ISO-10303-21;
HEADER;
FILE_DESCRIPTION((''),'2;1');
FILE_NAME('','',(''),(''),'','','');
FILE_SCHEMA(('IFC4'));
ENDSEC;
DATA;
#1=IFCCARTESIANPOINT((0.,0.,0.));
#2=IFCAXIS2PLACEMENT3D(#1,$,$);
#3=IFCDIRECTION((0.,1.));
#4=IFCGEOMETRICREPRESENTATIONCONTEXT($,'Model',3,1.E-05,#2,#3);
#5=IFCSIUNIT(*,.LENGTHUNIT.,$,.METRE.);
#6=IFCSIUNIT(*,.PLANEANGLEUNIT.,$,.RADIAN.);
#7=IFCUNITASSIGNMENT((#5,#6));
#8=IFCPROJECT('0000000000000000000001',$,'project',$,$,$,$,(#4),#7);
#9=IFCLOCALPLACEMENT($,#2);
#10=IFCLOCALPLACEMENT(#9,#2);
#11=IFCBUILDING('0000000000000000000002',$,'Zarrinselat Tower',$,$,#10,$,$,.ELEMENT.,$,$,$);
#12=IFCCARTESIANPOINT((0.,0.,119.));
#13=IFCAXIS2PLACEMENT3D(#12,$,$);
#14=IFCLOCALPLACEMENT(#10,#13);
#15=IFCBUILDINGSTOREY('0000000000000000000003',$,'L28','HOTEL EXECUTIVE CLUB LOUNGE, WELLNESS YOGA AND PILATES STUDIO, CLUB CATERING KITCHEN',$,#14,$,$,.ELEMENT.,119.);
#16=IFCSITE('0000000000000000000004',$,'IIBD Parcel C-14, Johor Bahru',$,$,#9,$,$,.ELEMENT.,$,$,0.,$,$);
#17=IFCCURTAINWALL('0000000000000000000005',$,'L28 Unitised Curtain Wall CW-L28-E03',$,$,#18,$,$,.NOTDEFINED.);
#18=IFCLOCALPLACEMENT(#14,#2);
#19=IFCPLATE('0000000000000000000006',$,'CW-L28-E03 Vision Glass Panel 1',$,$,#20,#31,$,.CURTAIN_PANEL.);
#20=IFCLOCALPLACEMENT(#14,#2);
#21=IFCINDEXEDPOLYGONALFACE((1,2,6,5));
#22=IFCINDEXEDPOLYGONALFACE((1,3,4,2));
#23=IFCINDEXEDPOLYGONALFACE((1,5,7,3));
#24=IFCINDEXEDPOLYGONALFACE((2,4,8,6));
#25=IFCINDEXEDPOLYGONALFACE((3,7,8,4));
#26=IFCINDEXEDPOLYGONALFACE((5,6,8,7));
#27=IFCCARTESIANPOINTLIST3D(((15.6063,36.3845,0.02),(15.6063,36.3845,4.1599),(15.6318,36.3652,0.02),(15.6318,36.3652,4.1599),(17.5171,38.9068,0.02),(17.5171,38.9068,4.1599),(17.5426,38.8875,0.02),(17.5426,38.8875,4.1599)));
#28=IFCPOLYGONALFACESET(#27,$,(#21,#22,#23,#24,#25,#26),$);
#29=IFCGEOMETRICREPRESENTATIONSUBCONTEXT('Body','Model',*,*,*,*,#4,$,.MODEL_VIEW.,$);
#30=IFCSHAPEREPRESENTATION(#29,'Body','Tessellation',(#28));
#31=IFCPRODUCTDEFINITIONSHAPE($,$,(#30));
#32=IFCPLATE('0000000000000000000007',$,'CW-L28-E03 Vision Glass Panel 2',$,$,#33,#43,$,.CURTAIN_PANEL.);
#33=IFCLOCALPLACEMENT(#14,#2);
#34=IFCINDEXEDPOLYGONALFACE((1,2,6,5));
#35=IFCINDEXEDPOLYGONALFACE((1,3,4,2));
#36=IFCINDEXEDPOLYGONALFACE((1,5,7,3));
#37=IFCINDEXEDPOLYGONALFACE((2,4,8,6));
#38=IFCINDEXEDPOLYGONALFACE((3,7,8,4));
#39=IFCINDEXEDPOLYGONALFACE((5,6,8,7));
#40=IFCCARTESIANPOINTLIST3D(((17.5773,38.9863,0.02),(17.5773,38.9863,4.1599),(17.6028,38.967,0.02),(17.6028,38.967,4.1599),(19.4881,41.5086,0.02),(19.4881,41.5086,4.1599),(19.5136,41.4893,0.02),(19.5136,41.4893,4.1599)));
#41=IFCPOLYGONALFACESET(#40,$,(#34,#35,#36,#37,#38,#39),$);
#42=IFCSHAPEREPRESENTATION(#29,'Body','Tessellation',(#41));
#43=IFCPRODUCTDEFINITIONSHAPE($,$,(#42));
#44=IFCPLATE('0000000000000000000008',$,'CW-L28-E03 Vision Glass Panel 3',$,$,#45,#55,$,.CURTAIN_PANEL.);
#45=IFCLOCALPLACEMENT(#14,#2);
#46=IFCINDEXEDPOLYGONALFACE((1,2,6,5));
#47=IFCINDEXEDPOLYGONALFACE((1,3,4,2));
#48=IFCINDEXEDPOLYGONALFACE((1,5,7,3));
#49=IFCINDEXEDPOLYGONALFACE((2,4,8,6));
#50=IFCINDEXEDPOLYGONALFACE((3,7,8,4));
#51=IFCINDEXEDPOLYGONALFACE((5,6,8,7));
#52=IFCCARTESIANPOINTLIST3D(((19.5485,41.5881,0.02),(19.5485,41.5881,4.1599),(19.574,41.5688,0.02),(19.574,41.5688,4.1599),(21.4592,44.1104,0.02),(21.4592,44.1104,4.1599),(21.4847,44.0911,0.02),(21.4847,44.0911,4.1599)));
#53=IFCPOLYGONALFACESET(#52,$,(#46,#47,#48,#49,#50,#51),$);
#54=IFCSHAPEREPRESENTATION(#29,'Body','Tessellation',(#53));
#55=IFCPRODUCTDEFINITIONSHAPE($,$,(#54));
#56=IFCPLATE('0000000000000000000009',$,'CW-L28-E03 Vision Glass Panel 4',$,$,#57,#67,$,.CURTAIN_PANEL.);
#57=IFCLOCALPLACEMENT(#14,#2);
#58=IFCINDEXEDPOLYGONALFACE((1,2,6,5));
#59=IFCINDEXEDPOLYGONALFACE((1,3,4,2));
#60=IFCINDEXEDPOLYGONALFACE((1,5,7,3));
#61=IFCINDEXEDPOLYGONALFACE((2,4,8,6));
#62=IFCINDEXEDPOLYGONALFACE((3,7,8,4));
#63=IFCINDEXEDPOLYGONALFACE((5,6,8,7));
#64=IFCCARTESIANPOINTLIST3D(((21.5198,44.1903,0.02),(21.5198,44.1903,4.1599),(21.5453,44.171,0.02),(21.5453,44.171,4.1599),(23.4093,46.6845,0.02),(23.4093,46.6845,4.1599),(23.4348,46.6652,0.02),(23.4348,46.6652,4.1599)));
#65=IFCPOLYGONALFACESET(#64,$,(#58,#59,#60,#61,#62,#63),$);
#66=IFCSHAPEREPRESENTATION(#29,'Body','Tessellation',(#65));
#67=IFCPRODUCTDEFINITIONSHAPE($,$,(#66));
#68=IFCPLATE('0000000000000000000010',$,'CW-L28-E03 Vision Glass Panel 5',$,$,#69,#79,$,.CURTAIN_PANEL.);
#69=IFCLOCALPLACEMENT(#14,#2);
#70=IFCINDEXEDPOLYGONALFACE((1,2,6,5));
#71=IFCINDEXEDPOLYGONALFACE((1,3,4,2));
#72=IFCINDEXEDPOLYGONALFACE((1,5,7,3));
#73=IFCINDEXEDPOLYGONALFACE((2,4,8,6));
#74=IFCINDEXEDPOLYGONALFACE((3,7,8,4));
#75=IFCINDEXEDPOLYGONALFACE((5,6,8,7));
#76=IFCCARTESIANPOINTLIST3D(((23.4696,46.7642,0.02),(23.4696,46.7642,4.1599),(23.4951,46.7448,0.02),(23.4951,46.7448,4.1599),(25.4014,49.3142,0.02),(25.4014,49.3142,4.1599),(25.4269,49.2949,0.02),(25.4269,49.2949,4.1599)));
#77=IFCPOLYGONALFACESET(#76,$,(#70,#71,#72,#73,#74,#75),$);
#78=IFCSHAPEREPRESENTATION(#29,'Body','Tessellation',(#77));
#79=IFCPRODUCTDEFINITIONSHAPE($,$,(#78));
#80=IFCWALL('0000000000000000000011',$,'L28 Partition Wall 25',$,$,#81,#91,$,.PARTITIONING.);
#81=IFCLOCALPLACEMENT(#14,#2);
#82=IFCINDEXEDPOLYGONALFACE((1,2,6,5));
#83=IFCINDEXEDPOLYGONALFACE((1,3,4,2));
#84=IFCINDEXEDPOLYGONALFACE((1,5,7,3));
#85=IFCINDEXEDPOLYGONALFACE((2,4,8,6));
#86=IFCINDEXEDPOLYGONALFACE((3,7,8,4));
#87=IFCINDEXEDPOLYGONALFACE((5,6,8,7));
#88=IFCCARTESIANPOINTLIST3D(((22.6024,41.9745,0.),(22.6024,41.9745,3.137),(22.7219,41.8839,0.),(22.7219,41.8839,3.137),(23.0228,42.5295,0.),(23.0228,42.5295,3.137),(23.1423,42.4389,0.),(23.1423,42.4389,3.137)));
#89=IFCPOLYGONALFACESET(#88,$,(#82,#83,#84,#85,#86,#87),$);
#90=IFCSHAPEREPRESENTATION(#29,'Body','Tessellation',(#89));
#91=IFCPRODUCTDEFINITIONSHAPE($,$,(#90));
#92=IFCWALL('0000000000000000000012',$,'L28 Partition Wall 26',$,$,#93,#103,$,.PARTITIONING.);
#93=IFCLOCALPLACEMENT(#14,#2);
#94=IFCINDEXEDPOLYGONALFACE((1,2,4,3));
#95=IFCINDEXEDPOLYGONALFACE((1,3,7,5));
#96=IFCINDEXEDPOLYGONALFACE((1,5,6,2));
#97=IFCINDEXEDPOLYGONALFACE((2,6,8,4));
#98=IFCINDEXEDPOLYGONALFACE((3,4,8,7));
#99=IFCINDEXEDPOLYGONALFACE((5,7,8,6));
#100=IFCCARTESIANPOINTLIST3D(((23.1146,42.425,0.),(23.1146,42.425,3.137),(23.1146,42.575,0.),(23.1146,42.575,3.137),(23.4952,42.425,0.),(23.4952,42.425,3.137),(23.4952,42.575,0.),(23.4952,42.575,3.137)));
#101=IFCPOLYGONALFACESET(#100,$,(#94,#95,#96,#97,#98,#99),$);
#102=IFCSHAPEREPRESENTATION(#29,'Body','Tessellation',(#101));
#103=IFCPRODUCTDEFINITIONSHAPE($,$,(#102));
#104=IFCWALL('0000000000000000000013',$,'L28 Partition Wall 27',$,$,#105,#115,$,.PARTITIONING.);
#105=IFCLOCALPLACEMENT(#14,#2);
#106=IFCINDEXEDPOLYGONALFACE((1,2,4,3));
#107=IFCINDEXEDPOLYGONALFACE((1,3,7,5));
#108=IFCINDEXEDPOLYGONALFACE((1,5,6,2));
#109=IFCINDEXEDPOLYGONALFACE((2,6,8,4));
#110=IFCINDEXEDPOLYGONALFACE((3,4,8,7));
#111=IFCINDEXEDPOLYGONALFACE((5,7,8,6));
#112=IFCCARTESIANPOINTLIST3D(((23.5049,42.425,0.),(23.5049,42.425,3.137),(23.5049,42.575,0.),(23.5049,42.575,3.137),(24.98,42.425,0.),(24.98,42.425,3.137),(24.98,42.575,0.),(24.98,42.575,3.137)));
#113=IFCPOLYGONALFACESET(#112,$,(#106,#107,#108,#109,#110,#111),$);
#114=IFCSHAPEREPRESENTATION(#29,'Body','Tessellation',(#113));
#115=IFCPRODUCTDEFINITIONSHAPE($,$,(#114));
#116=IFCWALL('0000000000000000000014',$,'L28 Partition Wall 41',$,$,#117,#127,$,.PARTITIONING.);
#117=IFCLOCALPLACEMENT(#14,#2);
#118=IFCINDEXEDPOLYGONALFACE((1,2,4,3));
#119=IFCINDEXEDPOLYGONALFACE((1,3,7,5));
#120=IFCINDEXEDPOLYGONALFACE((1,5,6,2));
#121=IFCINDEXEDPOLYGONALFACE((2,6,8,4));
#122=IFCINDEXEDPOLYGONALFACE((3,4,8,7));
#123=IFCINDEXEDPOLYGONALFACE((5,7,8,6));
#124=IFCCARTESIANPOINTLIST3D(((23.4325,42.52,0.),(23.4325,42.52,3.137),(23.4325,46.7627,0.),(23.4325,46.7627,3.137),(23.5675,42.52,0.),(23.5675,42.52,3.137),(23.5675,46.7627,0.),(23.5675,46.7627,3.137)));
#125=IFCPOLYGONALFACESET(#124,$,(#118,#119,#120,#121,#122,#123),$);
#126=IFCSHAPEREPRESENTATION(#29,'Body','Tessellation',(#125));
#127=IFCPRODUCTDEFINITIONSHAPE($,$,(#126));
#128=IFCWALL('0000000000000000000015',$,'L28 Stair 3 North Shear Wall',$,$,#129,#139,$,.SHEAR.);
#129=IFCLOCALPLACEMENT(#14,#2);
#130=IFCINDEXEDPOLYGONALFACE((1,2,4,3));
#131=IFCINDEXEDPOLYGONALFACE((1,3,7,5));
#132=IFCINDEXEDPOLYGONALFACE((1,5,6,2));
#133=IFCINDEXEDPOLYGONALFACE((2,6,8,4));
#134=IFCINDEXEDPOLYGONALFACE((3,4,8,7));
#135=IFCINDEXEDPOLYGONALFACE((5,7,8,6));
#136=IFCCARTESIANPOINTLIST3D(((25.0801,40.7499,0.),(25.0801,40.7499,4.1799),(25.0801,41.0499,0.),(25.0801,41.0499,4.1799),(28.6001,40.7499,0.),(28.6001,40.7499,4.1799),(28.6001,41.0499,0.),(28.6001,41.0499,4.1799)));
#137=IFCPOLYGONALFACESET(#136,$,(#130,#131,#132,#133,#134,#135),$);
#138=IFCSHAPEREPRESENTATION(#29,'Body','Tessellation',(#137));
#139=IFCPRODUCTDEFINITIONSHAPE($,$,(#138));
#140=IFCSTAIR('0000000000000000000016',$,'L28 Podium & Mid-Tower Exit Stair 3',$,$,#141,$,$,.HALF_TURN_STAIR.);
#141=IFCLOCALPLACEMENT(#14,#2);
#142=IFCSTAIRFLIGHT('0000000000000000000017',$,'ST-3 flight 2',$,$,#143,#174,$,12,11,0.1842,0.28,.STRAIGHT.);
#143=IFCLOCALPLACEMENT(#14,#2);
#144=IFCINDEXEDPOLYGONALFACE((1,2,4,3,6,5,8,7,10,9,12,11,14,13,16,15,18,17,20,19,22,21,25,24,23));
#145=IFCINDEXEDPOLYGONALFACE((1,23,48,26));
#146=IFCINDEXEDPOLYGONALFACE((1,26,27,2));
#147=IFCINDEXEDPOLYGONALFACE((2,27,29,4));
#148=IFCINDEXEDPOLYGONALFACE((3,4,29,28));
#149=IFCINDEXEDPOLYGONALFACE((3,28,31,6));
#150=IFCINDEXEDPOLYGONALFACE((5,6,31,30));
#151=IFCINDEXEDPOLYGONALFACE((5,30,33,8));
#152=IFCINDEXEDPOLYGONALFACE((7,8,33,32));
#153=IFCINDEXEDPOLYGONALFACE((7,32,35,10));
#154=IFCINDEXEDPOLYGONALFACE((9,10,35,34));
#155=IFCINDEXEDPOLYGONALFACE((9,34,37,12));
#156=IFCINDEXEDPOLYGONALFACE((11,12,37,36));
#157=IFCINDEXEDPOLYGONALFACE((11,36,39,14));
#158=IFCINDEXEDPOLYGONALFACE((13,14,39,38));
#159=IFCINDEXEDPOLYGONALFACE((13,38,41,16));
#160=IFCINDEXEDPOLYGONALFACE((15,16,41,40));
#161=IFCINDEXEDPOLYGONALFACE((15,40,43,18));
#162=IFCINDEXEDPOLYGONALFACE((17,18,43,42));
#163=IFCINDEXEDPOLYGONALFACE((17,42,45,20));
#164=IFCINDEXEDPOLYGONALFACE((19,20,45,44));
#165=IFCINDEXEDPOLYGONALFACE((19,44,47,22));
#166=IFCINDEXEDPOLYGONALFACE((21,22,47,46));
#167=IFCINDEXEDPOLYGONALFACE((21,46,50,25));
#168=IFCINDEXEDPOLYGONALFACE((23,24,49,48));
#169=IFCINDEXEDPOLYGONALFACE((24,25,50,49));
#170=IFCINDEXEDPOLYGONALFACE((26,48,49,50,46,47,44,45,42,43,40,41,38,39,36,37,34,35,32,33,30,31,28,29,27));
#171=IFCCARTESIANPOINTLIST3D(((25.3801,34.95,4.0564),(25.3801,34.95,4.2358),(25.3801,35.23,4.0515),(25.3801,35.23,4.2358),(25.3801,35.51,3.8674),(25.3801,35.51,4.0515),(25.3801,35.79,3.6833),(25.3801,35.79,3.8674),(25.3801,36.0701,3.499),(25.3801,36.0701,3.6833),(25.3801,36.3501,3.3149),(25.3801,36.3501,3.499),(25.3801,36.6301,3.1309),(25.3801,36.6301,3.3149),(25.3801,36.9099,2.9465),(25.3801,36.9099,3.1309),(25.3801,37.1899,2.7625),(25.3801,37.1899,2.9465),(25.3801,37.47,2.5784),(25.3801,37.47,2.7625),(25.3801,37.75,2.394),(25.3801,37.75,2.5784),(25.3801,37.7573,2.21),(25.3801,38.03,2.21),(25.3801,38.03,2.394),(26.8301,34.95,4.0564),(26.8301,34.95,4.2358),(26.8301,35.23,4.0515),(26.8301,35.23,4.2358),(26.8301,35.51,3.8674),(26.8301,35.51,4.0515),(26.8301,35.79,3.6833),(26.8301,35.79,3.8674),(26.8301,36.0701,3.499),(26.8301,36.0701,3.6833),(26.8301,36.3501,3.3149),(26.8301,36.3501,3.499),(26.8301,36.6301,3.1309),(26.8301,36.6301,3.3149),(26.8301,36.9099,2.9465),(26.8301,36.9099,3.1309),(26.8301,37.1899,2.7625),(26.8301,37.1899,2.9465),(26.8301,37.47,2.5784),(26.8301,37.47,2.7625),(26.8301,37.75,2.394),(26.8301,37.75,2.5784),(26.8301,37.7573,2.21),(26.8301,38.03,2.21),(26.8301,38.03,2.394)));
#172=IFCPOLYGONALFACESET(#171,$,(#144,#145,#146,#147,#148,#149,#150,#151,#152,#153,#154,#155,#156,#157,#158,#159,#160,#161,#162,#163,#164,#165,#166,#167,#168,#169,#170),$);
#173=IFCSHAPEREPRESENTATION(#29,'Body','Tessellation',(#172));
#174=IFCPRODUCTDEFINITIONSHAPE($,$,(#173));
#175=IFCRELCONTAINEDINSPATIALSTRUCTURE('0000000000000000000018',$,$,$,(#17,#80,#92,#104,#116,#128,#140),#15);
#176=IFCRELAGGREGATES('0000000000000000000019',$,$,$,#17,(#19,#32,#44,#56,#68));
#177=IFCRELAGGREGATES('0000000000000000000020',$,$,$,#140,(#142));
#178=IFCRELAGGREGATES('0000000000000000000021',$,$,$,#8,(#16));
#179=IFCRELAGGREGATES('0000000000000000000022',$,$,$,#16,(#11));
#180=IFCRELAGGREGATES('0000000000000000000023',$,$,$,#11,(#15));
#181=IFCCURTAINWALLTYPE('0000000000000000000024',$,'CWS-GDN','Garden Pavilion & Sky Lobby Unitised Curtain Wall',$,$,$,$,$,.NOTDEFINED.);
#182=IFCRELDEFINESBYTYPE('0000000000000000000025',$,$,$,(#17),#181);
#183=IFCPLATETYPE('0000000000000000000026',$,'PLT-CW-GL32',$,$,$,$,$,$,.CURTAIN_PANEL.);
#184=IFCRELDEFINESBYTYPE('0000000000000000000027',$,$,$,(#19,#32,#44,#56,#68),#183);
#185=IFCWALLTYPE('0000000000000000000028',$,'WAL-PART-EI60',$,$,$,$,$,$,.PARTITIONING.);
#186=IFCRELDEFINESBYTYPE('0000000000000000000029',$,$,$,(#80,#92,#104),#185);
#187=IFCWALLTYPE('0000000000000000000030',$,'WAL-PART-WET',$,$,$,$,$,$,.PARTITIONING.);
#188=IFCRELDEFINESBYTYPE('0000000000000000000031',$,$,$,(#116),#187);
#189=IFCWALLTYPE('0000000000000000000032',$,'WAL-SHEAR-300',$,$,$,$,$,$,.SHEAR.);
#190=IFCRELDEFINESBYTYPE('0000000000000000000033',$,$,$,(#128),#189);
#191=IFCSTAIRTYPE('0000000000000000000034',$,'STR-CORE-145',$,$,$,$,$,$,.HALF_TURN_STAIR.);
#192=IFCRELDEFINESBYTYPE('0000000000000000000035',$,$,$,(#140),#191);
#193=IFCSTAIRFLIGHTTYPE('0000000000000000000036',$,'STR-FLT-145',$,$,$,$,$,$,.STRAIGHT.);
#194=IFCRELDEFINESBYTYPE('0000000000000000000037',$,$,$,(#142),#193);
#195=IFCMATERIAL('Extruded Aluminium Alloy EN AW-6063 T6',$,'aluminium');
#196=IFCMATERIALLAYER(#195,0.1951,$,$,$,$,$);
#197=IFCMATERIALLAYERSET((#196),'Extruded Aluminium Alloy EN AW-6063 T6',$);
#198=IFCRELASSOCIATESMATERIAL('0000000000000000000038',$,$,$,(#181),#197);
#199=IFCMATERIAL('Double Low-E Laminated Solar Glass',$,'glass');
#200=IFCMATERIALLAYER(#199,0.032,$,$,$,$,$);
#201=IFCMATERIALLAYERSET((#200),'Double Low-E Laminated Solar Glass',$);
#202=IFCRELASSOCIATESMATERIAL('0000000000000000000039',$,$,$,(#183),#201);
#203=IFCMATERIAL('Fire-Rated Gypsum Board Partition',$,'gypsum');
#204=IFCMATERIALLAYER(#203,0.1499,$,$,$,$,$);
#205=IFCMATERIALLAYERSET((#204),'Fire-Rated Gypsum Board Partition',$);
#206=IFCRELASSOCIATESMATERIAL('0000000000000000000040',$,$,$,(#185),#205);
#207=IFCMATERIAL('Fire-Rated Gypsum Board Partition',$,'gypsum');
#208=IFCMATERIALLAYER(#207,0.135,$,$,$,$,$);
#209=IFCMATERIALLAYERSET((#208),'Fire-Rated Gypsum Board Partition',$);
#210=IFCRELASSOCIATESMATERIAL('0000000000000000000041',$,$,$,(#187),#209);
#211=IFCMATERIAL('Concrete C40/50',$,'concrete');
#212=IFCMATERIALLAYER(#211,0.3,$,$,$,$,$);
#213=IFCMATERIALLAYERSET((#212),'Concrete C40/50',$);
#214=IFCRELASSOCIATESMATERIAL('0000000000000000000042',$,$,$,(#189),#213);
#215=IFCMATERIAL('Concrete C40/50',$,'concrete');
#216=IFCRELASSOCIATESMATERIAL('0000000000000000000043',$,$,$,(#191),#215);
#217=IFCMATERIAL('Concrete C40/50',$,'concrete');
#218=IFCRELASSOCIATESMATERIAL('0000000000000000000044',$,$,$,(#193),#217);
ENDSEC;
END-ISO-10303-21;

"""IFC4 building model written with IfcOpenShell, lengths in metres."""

from ifc_helpers import new_model, si_unit, direction, frame, frame_2d, origin, origin_2d, place, context, subcontext, project, spatial, polyline, rectangle, outline, extrude, material, layer, layer_set, type_object, element, aggregate, save


model = new_model("IFC4")

# Units and contexts
model_context = context("Model", 3, precision=1e-05, world=origin(), true_north=direction((0.0, 1.0)))
body_context = subcontext(model_context, "Body", "Model", "MODEL_VIEW")
ifc_project = project(units=[si_unit("LENGTHUNIT", "METRE"), si_unit("PLANEANGLEUNIT", "RADIAN")], contexts=[model_context])

# Site, building, storey
site_placement = place(None, origin())
site = spatial("IfcSite", under=ifc_project, at=site_placement, Name="IIBD Parcel C-14, Johor Bahru", CompositionType="ELEMENT", RefElevation=0.0)
building_placement = place(site_placement, origin())
building = spatial("IfcBuilding", under=site, at=building_placement, Name="Zarrinselat Tower", CompositionType="ELEMENT")
storey_placement = place(building_placement, frame((0.0, 0.0, 119.0)))
storey = spatial("IfcBuildingStorey", under=building, at=storey_placement, Name="L28", Description="HOTEL EXECUTIVE CLUB LOUNGE, WELLNESS YOGA AND PILATES STUDIO, CLUB CATERING KITCHEN", CompositionType="ELEMENT", Elevation=119.0)

# Shared definitions
ifc_material_1 = material(Name="Extruded Aluminium Alloy EN AW-6063 T6", Category="aluminium")
ifc_layer_1 = layer(ifc_material_1, 0.1951)
ifc_layer_set_1 = layer_set([ifc_layer_1], Name="Extruded Aluminium Alloy EN AW-6063 T6")
curtain_wall_type = type_object("IfcCurtainWallType", Name="CWS-GDN", Description="Garden Pavilion & Sky Lobby Unitised Curtain Wall", PredefinedType="NOTDEFINED", material=ifc_layer_set_1)

# Curtain wall
curtain_wall_1_placement = place(storey_placement, origin())
curtain_wall_1 = element("IfcCurtainWall", 1, at=curtain_wall_1_placement, inside=storey, type_object=curtain_wall_type, Name="L28 Unitised Curtain Wall CW-L28-E03", PredefinedType="NOTDEFINED")

# Plates
ifc_material_2 = material(Name="Double Low-E Laminated Solar Glass", Category="glass")
ifc_layer_2 = layer(ifc_material_2, 0.032)
ifc_layer_set_2 = layer_set([ifc_layer_2], Name="Double Low-E Laminated Solar Glass")
plate_type = type_object("IfcPlateType", Name="PLT-CW-GL32", PredefinedType="CURTAIN_PANEL", material=ifc_layer_set_2)
plate_1_placement = place(storey_placement, frame((16.5745, 37.636, 0.02), z_axis=(0.0, 0.0, 1.0), x_axis=(0.603857, 0.797093, 0.0)))
plate_1 = element("IfcPlate", 2, at=plate_1_placement, type_object=plate_type, Name="CW-L28-E03 Vision Glass Panel 1", PredefinedType="CURTAIN_PANEL", context=body_context, shape_type="SweptSolid", body=[
    extrude(rectangle(XDim=3.1643, YDim=0.032, at=origin_2d()), origin(), (0.0, 0.0, 1.0), 4.1399),
])
plate_2_placement = place(storey_placement, frame((18.5454, 40.2378, 0.02), z_axis=(0.0, 0.0, 1.0), x_axis=(0.603857, 0.797093, 0.0)))
plate_2 = element("IfcPlate", 3, at=plate_2_placement, type_object=plate_type, Name="CW-L28-E03 Vision Glass Panel 2", PredefinedType="CURTAIN_PANEL", context=body_context, shape_type="SweptSolid", body=[
    extrude(rectangle(XDim=3.1643, YDim=0.032, at=origin_2d()), origin(), (0.0, 0.0, 1.0), 4.1399),
])
plate_3_placement = place(storey_placement, frame((20.5166, 42.8396, 0.02), z_axis=(0.0, 0.0, 1.0), x_axis=(0.603857, 0.797093, 0.0)))
plate_3 = element("IfcPlate", 4, at=plate_3_placement, type_object=plate_type, Name="CW-L28-E03 Vision Glass Panel 3", PredefinedType="CURTAIN_PANEL", context=body_context, shape_type="SweptSolid", body=[
    extrude(rectangle(XDim=3.1643, YDim=0.032, at=origin_2d()), origin(), (0.0, 0.0, 1.0), 4.1399),
])
plate_4_placement = place(storey_placement, frame((22.4773, 45.4277, 0.02), z_axis=(0.0, 0.0, 1.0), x_axis=(0.603857, 0.797093, 0.0)))
plate_4 = element("IfcPlate", 5, at=plate_4_placement, type_object=plate_type, Name="CW-L28-E03 Vision Glass Panel 4", PredefinedType="CURTAIN_PANEL", context=body_context, shape_type="SweptSolid", body=[
    extrude(rectangle(XDim=3.1292, YDim=0.032, at=origin_2d()), origin(), (0.0, 0.0, 1.0), 4.1399),
])
plate_5_placement = place(storey_placement, frame((24.4482, 48.0295, 0.02), z_axis=(0.0, 0.0, 1.0), x_axis=(0.603857, 0.797093, 0.0)))
plate_5 = element("IfcPlate", 6, at=plate_5_placement, type_object=plate_type, Name="CW-L28-E03 Vision Glass Panel 5", PredefinedType="CURTAIN_PANEL", context=body_context, shape_type="SweptSolid", body=[
    extrude(rectangle(XDim=3.1992, YDim=0.032, at=origin_2d()), origin(), (0.0, 0.0, 1.0), 4.1399),
])
aggregate(curtain_wall_1, [plate_1, plate_2, plate_3, plate_4, plate_5])

# Walls
ifc_material_3 = material(Name="Fire-Rated Gypsum Board Partition", Category="gypsum")
ifc_layer_3 = layer(ifc_material_3, 0.1499)
ifc_layer_set_3 = layer_set([ifc_layer_3], Name="Fire-Rated Gypsum Board Partition")
wall_type_1 = type_object("IfcWallType", Name="WAL-PART-EI60", PredefinedType="PARTITIONING", material=ifc_layer_set_3)
wall_1_placement = place(storey_placement, frame((22.6621, 41.9292, 0.0), z_axis=(0.0, 0.0, 1.0), x_axis=(0.603864, 0.797087, 0.0)))
element("IfcWall", 7, at=wall_1_placement, inside=storey, type_object=wall_type_1, Name="L28 Partition Wall 25", PredefinedType="PARTITIONING", context=body_context, shape_type="SweptSolid", body=[
    extrude(rectangle(XDim=0.6963, YDim=0.1499, at=frame_2d((0.3481, 0.0))), origin(), (0.0, 0.0, 1.0), 3.137),
])
wall_2_placement = place(storey_placement, frame((23.1145, 42.5, 0.0), z_axis=(0.0, 0.0, 1.0), x_axis=(1.0, 0.0, 0.0)))
element("IfcWall", 8, at=wall_2_placement, inside=storey, type_object=wall_type_1, Name="L28 Partition Wall 26", PredefinedType="PARTITIONING", context=body_context, shape_type="SweptSolid", body=[
    extrude(rectangle(XDim=0.3806, YDim=0.1499, at=frame_2d((0.1904, 0.0))), origin(), (0.0, 0.0, 1.0), 3.137),
])
wall_3_placement = place(storey_placement, frame((23.5049, 42.5, 0.0), z_axis=(0.0, 0.0, 1.0), x_axis=(1.0, 0.0, 0.0)))
element("IfcWall", 9, at=wall_3_placement, inside=storey, type_object=wall_type_1, Name="L28 Partition Wall 27", PredefinedType="PARTITIONING", context=body_context, shape_type="SweptSolid", body=[
    extrude(rectangle(XDim=1.4751, YDim=0.1499, at=frame_2d((0.7375, 0.0))), origin(), (0.0, 0.0, 1.0), 3.137),
])
ifc_material_4 = material(Name="Fire-Rated Gypsum Board Partition", Category="gypsum")
ifc_layer_4 = layer(ifc_material_4, 0.135)
ifc_layer_set_4 = layer_set([ifc_layer_4], Name="Fire-Rated Gypsum Board Partition")
wall_type_2 = type_object("IfcWallType", Name="WAL-PART-WET", PredefinedType="PARTITIONING", material=ifc_layer_set_4)
wall_4_placement = place(storey_placement, frame((23.5, 42.52, 0.0), z_axis=(0.0, 0.0, 1.0), x_axis=(0.0, 1.0, 0.0)))
element("IfcWall", 10, at=wall_4_placement, inside=storey, type_object=wall_type_2, Name="L28 Partition Wall 41", PredefinedType="PARTITIONING", context=body_context, shape_type="SweptSolid", body=[
    extrude(rectangle(XDim=4.2427, YDim=0.135, at=frame_2d((2.1213, 0.0))), origin(), (0.0, 0.0, 1.0), 3.137),
])
ifc_material_5 = material(Name="Concrete C40/50", Category="concrete")
ifc_layer_5 = layer(ifc_material_5, 0.3)
ifc_layer_set_5 = layer_set([ifc_layer_5], Name="Concrete C40/50")
wall_type_3 = type_object("IfcWallType", Name="WAL-SHEAR-300", PredefinedType="SHEAR", material=ifc_layer_set_5)
wall_5_placement = place(storey_placement, frame((25.0801, 40.8999, 0.0), z_axis=(0.0, 0.0, 1.0), x_axis=(1.0, 0.0, 0.0)))
element("IfcWall", 11, at=wall_5_placement, inside=storey, type_object=wall_type_3, Name="L28 Stair 3 North Shear Wall", PredefinedType="SHEAR", context=body_context, shape_type="SweptSolid", body=[
    extrude(rectangle(XDim=3.52, YDim=0.3, at=frame_2d((1.76, 0.0))), origin(), (0.0, 0.0, 1.0), 4.1799),
])

# Stair, stair flight
ifc_material_6 = material(Name="Concrete C40/50", Category="concrete")
stair_type = type_object("IfcStairType", Name="STR-CORE-145", PredefinedType="HALF_TURN_STAIR", material=ifc_material_6)
stair_placement = place(storey_placement, origin())
stair = element("IfcStair", 12, at=stair_placement, inside=storey, type_object=stair_type, Name="L28 Podium & Mid-Tower Exit Stair 3", PredefinedType="HALF_TURN_STAIR")
ifc_material_7 = material(Name="Concrete C40/50", Category="concrete")
stair_flight_type = type_object("IfcStairFlightType", Name="STR-FLT-145", PredefinedType="STRAIGHT", material=ifc_material_7)
stair_flight_placement = place(storey_placement, frame((26.105, 38.03, 2.21), z_axis=(0.0, 0.0, 1.0), x_axis=(0.0, -1.0, 0.0)))
stair_flight = element("IfcStairFlight", 13, at=stair_flight_placement, type_object=stair_flight_type, Name="ST-3 flight 2", NumberOfRisers=12, NumberOfTreads=11, PredefinedType="STRAIGHT", RiserHeight=0.1842, TreadLength=0.28, context=body_context, shape_type="SweptSolid", body=[
    extrude(outline(polyline([(0.0, 0.0), (0.0, 0.1841), (0.28, 0.1841), (0.28, 0.3684), (0.5601, 0.3684), (0.5601, 0.5525), (0.8401, 0.5525), (0.8401, 0.7366), (1.1201, 0.7366), (1.1201, 0.9209), (1.3999, 0.9209), (1.3999, 1.105), (1.6799, 1.105), (1.6799, 1.2891), (1.96, 1.2891), (1.96, 1.4734), (2.24, 1.4734), (2.24, 1.6575), (2.52, 1.6575), (2.52, 1.8416), (2.8, 1.8416), (2.8, 2.0259), (3.0801, 2.0259), (3.0801, 2.21), (3.0801, 1.8464), (0.2727, 0.0), (0.0, 0.0)])), frame((0.0, 0.7251, 0.0), z_axis=(0.0, -1.0, 0.0), x_axis=(1.0, 0.0, 0.0)), (0.0, 0.0, 1.0), 1.45),
])
aggregate(stair, [stair_flight])

save(model, "model.ifc")
